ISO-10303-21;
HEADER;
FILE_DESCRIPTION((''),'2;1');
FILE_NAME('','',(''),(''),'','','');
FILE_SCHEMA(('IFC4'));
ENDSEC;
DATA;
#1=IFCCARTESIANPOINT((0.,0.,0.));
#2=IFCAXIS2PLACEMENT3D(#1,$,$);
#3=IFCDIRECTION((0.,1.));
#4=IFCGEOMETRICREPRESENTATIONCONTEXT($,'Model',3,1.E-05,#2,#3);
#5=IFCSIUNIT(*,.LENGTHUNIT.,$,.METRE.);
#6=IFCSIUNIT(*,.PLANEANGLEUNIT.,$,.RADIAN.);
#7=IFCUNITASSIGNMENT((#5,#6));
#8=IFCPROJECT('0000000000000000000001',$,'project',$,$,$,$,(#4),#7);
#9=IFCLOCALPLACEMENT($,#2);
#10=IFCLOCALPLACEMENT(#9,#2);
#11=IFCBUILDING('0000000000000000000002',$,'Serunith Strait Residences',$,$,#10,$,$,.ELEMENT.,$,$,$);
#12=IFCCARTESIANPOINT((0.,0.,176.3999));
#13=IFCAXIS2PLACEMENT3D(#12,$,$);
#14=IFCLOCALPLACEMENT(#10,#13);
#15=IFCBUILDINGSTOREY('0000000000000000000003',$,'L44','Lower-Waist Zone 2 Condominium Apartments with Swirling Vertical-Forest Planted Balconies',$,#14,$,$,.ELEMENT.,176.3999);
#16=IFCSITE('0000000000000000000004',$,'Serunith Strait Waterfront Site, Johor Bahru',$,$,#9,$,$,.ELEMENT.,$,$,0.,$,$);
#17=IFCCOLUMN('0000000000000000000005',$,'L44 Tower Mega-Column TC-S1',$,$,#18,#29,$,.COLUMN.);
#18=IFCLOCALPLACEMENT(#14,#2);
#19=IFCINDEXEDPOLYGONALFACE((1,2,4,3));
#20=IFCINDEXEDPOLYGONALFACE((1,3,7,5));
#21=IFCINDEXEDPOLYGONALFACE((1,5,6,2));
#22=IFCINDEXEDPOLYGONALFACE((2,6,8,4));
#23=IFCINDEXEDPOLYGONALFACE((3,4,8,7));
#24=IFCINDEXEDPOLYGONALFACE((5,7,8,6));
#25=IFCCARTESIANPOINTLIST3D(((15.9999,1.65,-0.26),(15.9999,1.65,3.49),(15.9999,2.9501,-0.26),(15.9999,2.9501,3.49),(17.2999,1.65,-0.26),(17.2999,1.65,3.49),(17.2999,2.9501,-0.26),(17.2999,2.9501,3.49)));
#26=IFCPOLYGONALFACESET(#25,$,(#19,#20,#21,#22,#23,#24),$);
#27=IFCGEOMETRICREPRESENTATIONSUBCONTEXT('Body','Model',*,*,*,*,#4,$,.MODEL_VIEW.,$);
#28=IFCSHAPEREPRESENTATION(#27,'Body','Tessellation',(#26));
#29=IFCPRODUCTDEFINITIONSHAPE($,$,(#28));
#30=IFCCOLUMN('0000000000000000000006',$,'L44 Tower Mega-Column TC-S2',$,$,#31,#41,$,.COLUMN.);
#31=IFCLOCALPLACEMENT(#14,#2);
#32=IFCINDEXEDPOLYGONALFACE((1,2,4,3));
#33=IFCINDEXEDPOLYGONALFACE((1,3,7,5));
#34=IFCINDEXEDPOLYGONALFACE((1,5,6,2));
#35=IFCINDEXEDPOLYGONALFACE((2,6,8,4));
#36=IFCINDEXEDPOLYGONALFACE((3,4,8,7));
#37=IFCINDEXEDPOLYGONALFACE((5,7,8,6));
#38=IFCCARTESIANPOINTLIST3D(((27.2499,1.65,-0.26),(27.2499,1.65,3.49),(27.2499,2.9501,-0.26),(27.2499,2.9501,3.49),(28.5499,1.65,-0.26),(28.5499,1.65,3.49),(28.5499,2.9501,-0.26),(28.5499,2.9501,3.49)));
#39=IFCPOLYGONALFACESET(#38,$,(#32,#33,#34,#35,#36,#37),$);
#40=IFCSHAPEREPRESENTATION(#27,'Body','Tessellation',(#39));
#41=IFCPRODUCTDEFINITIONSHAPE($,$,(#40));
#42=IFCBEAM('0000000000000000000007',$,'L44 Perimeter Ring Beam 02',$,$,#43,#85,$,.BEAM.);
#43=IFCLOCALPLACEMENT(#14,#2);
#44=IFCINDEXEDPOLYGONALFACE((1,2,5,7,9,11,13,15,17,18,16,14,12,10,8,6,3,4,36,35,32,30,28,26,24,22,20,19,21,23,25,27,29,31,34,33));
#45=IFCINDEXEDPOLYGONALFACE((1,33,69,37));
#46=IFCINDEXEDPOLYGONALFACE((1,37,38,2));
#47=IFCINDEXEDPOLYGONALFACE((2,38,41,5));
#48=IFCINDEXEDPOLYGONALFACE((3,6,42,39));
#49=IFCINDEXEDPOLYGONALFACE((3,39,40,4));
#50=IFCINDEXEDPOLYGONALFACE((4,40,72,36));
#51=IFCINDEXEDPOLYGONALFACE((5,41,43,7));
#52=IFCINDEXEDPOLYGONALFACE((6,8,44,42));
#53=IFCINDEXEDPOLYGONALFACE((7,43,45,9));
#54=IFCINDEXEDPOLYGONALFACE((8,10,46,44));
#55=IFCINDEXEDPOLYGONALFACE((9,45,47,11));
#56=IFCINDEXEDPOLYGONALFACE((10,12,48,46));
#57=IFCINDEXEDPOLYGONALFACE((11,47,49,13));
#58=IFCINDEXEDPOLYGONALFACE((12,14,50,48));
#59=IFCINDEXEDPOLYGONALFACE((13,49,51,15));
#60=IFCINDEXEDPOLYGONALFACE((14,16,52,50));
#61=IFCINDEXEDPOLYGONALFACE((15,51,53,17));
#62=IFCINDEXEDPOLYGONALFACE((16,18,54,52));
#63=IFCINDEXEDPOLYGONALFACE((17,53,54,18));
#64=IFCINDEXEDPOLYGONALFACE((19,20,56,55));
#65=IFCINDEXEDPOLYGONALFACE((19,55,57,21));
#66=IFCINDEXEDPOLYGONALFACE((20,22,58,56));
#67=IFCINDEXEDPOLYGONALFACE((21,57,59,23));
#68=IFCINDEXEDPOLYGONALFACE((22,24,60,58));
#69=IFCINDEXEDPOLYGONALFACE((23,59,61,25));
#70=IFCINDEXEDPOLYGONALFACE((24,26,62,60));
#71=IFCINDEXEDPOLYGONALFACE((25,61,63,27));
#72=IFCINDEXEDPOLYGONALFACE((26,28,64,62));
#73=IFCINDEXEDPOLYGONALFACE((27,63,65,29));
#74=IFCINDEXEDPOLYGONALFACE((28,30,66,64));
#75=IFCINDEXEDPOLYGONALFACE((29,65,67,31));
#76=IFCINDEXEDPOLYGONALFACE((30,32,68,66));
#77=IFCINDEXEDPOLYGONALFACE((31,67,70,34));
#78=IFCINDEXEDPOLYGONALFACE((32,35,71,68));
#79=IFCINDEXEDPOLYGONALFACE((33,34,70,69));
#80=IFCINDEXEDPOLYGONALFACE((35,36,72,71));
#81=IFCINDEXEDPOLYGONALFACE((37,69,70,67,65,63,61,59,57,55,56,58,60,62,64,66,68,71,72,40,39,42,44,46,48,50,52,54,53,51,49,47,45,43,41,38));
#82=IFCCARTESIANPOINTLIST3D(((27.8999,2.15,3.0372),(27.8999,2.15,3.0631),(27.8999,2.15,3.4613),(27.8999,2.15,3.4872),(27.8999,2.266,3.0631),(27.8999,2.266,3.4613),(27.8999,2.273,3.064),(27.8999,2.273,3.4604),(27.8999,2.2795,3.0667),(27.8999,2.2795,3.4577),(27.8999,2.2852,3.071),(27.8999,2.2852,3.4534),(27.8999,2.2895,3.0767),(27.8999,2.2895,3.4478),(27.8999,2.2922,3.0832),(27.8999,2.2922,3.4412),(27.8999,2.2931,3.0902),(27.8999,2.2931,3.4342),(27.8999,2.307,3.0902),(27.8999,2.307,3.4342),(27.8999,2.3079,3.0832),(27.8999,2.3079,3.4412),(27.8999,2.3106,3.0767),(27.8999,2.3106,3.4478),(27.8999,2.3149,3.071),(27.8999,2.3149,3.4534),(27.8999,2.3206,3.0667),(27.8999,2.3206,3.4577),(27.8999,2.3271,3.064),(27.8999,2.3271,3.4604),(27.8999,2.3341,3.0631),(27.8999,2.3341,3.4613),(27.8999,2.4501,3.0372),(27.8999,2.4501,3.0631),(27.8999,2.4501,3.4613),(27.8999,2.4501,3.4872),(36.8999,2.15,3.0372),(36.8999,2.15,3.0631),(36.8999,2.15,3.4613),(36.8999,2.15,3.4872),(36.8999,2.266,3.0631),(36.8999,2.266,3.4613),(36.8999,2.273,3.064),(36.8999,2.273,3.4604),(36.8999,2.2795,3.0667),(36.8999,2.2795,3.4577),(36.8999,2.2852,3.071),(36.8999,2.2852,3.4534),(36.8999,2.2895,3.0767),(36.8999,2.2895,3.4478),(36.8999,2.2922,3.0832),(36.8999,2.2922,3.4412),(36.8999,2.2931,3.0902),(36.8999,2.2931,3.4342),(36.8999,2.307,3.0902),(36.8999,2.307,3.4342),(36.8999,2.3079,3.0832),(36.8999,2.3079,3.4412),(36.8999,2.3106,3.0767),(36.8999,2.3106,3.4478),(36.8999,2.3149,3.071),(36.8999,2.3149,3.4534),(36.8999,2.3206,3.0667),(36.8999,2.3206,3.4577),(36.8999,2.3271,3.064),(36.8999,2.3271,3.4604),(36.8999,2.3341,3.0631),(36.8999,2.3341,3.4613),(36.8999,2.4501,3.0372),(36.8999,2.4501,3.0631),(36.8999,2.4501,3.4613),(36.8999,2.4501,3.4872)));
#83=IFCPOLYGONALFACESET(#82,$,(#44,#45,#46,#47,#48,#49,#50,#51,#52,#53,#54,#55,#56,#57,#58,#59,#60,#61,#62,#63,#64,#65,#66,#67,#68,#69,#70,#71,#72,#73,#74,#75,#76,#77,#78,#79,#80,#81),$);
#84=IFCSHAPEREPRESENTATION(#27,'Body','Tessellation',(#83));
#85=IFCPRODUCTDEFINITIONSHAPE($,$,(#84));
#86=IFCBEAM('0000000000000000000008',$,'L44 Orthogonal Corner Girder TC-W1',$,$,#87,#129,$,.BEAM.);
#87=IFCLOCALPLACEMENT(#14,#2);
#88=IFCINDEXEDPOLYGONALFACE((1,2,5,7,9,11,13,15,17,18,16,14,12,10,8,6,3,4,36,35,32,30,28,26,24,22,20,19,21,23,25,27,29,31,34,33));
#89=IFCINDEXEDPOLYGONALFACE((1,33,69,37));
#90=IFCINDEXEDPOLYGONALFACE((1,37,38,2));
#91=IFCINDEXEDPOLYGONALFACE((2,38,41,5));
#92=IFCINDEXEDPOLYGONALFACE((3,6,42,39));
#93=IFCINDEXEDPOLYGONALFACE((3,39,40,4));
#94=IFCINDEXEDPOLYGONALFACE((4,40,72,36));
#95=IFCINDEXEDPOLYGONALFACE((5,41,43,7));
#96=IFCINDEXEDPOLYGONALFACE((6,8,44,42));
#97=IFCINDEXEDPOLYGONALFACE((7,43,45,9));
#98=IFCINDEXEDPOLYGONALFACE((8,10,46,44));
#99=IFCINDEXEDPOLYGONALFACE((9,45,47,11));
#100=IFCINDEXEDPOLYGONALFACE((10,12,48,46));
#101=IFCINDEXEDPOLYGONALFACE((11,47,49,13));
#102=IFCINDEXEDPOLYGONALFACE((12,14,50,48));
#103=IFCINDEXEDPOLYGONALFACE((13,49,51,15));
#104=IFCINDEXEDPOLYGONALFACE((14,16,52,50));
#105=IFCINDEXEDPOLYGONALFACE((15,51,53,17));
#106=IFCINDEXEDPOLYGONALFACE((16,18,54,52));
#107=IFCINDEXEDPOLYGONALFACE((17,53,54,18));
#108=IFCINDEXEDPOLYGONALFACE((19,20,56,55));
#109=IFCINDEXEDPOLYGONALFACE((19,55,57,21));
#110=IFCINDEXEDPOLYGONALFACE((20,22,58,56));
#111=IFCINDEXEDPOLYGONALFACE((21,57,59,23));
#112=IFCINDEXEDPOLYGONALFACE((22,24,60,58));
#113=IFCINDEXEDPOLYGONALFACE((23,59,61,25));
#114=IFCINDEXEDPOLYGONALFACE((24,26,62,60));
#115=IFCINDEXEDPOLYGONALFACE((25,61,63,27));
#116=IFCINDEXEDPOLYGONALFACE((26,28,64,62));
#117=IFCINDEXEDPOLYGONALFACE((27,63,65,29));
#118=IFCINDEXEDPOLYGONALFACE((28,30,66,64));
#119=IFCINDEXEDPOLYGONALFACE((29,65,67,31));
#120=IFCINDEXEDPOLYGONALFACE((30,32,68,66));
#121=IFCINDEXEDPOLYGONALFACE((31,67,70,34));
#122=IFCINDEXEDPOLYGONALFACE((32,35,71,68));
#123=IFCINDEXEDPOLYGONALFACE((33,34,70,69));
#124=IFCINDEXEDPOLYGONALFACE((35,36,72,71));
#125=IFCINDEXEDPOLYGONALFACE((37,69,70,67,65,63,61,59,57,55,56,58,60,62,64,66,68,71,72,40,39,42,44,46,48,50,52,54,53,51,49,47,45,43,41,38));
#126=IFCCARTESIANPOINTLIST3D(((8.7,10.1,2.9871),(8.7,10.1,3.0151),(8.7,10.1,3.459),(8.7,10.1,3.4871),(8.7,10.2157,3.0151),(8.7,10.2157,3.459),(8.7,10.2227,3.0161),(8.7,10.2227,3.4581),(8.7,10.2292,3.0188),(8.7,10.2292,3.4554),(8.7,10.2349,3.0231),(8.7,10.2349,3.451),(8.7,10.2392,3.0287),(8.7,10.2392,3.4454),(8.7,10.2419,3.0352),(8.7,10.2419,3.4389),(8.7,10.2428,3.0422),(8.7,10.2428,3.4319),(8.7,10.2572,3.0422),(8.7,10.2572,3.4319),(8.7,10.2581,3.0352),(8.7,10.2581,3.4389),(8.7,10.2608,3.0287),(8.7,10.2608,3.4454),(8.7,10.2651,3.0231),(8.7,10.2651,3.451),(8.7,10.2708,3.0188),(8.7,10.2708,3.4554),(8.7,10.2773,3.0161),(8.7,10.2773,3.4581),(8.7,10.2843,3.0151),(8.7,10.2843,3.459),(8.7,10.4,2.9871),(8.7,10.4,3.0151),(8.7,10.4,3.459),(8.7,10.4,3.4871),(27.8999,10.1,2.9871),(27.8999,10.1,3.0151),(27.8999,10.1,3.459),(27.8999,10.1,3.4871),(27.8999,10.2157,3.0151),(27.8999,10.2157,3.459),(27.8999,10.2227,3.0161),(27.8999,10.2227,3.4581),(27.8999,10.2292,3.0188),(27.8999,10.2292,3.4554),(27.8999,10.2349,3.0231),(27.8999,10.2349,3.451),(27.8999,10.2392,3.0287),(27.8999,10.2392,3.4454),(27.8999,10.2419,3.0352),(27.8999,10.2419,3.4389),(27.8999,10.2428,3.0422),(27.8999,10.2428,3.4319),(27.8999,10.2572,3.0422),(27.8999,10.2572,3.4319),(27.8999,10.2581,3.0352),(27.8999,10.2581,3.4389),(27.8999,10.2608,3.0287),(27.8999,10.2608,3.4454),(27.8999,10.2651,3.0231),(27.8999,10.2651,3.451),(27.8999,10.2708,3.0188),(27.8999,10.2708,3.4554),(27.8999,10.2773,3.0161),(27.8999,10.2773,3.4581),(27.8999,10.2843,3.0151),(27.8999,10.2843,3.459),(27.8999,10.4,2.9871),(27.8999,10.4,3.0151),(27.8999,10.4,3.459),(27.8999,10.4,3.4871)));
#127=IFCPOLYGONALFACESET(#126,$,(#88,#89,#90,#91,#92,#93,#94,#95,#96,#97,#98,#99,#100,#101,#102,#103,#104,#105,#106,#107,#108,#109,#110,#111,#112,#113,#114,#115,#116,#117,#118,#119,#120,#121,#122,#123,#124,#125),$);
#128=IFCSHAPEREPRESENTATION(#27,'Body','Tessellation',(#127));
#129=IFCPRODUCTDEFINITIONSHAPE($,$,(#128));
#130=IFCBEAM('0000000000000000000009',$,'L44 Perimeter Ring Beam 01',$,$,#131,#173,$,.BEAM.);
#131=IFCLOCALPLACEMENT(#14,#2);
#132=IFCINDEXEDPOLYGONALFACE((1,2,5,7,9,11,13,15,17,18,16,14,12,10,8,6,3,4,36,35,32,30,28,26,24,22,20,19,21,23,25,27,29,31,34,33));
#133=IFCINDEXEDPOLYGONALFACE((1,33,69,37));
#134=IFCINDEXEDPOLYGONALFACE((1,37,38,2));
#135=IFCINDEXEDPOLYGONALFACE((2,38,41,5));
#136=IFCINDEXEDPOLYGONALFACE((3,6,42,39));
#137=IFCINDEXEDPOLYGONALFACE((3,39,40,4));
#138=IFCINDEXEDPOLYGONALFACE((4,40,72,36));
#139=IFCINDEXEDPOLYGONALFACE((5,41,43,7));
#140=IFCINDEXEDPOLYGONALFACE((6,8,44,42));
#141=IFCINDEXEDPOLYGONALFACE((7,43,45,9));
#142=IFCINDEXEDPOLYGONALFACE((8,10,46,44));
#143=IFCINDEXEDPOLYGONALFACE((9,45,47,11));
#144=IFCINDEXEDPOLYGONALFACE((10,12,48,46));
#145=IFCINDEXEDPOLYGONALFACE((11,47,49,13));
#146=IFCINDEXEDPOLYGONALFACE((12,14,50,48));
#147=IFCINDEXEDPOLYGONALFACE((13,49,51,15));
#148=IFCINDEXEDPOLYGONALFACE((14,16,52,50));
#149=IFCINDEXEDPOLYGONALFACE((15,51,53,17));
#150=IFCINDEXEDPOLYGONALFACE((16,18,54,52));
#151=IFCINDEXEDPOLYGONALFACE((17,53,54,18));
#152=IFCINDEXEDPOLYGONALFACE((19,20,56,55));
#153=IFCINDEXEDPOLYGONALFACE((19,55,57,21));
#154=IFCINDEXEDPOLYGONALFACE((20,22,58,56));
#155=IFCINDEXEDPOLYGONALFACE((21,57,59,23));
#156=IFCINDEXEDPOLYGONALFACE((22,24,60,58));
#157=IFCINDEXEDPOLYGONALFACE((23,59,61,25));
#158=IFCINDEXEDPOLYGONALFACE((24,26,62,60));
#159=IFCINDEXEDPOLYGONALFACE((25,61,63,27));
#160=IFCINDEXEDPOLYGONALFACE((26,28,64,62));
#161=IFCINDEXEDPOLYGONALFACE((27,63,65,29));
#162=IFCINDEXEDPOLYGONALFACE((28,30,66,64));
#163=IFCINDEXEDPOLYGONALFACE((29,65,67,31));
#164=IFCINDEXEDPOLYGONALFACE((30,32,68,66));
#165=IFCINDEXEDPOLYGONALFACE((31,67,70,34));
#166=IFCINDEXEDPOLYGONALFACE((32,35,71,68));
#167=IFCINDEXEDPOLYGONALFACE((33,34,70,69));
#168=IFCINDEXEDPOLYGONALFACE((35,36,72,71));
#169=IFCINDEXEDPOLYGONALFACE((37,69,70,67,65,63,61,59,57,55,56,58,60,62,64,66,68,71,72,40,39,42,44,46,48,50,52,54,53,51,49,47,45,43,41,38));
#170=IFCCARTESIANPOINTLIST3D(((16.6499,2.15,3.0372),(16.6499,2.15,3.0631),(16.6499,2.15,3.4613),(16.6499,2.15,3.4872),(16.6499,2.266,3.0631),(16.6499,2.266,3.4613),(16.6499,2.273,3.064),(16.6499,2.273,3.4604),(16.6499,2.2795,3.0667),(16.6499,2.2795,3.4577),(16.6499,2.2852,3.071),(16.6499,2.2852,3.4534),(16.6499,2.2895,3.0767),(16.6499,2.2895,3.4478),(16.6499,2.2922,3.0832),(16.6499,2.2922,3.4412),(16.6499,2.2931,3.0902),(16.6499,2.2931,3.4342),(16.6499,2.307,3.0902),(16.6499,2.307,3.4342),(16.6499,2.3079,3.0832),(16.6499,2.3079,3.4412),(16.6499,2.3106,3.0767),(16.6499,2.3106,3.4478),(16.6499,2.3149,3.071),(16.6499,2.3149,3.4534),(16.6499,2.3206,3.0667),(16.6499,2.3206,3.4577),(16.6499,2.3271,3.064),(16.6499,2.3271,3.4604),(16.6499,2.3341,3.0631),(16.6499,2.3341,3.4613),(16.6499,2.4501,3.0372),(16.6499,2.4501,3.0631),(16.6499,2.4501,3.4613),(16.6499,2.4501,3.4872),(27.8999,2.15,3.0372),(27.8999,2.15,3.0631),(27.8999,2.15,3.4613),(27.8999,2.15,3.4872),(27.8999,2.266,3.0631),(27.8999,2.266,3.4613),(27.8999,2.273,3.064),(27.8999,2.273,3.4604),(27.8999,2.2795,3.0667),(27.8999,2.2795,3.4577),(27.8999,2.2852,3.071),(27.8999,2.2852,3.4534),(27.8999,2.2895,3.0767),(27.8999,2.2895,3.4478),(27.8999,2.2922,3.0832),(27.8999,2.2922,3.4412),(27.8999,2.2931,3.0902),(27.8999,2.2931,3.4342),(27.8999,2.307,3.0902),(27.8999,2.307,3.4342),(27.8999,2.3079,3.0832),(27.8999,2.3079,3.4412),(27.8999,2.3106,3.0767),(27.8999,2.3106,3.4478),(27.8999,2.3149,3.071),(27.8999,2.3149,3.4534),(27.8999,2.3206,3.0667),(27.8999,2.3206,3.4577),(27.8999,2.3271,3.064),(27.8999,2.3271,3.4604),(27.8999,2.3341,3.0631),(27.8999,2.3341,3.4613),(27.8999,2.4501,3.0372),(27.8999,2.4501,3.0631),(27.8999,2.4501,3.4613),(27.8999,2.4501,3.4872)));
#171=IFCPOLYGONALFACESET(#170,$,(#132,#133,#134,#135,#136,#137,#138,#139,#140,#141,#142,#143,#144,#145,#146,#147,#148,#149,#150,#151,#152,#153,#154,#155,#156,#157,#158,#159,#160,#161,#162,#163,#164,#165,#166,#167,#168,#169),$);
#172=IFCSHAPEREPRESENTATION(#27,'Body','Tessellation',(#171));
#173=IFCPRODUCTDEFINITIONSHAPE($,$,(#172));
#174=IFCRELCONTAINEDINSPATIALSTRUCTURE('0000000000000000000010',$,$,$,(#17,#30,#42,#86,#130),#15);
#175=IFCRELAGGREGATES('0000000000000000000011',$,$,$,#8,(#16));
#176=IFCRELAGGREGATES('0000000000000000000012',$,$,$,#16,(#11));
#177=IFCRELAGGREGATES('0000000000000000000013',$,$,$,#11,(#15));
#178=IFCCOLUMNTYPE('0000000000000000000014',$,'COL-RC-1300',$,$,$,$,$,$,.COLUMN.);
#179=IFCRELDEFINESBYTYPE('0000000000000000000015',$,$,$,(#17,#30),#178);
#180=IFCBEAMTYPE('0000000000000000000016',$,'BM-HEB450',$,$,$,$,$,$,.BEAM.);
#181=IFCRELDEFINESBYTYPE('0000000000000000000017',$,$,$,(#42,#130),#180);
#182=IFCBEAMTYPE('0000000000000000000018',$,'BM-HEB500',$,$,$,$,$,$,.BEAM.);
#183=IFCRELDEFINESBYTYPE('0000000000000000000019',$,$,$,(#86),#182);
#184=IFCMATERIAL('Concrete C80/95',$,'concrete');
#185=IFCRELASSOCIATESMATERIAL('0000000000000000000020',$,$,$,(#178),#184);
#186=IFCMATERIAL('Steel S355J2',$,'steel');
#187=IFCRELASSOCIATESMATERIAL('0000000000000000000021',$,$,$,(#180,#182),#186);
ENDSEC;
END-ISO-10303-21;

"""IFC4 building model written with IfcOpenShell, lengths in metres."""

from ifc_helpers import new_model, si_unit, direction, frame, origin, origin_2d, place, context, subcontext, project, spatial, rectangle, i_section, extrude, source, transform, mapped, material, material_profile, profile_set, type_object, element, save


model = new_model("IFC4")

# Units and contexts
model_context = context("Model", 3, precision=1e-05, world=origin(), true_north=direction((0.0, 1.0)))
body_context = subcontext(model_context, "Body", "Model", "MODEL_VIEW")
ifc_project = project(units=[si_unit("LENGTHUNIT", "METRE"), si_unit("PLANEANGLEUNIT", "RADIAN")], contexts=[model_context])

# Site, building, storey
site_placement = place(None, origin())
site = spatial("IfcSite", under=ifc_project, at=site_placement, Name="Serunith Strait Waterfront Site, Johor Bahru", CompositionType="ELEMENT", RefElevation=0.0)
building_placement = place(site_placement, origin())
building = spatial("IfcBuilding", under=site, at=building_placement, Name="Serunith Strait Residences", CompositionType="ELEMENT")
storey_placement = place(building_placement, frame((0.0, 0.0, 176.3999)))
storey = spatial("IfcBuildingStorey", under=building, at=storey_placement, Name="L44", Description="Lower-Waist Zone 2 Condominium Apartments with Swirling Vertical-Forest Planted Balconies", CompositionType="ELEMENT", Elevation=176.3999)

# Columns
ifc_material_1 = material(Name="Concrete C80/95", Category="concrete")
ifc_material_profile_1 = material_profile(ifc_material_1, rectangle(XDim=1.3, YDim=1.3, at=origin_2d()), Name="RC 1300x1300")
ifc_profile_set_1 = profile_set([ifc_material_profile_1], Name="Concrete C80/95")
column_type = type_object("IfcColumnType", Name="COL-RC-1300", PredefinedType="COLUMN", material=ifc_profile_set_1)
shared_shape_1 = source(origin(), body_context, "Body", "SweptSolid", [
    extrude(rectangle(XDim=1.3, YDim=1.3, at=origin_2d()), origin(), (0.0, 0.0, 1.0), 3.75),
])
for number, where, z_axis, x_axis, name in (
    (1, (16.6499, 2.3, -0.26), (0.0, 0.0, 1.0), (1.0, 0.0, 0.0), "L44 Tower Mega-Column TC-S1"),
    (2, (27.8999, 2.3, -0.26), (0.0, 0.0, 1.0), (1.0, 0.0, 0.0), "L44 Tower Mega-Column TC-S2"),
):
    element("IfcColumn", number, at=place(storey_placement, frame(where, z_axis=z_axis, x_axis=x_axis)), inside=storey, type_object=column_type, Name=name, PredefinedType="COLUMN", context=body_context, shape_type="MappedRepresentation", body=[
        mapped(shared_shape_1, transform((0.0, 0.0, 0.0), scale=1.0)),
    ])

# Beams
ifc_material_2 = material(Name="Steel S355J2", Category="steel")
ifc_material_profile_2 = material_profile(ifc_material_2, i_section(OverallWidth=0.3, OverallDepth=0.45, WebThickness=0.0139, FlangeThickness=0.0259, FilletRadius=0.0271, at=origin_2d()), Name="HEB 450")
ifc_profile_set_2 = profile_set([ifc_material_profile_2], Name="Steel S355J2")
beam_type_1 = type_object("IfcBeamType", Name="BM-HEB450", PredefinedType="BEAM", material=ifc_profile_set_2)
shared_shape_2 = source(origin(), body_context, "Body", "SweptSolid", [
    extrude(i_section(OverallWidth=0.3, OverallDepth=0.45, WebThickness=0.0139, FlangeThickness=0.0259, FilletRadius=0.0271, at=origin_2d()), origin(), (0.0, 0.0, 1.0), 9.0),
])
beam_1_placement = place(storey_placement, frame((27.8999, 2.3, 3.2622), z_axis=(1.0, 0.0, 0.0), x_axis=(0.0, 1.0, 0.0)))
element("IfcBeam", 3, at=beam_1_placement, inside=storey, type_object=beam_type_1, Name="L44 Perimeter Ring Beam 02", PredefinedType="BEAM", context=body_context, shape_type="MappedRepresentation", body=[
    mapped(shared_shape_2, transform((0.0, 0.0, 0.0), scale=1.0)),
])
ifc_material_profile_3 = material_profile(ifc_material_2, i_section(OverallWidth=0.3, OverallDepth=0.5, WebThickness=0.0144, FlangeThickness=0.0281, FilletRadius=0.0271, at=origin_2d()), Name="HEB 500")
ifc_profile_set_3 = profile_set([ifc_material_profile_3], Name="Steel S355J2")
beam_type_2 = type_object("IfcBeamType", Name="BM-HEB500", PredefinedType="BEAM", material=ifc_profile_set_3)
shared_shape_3 = source(origin(), body_context, "Body", "SweptSolid", [
    extrude(i_section(OverallWidth=0.3, OverallDepth=0.5, WebThickness=0.0144, FlangeThickness=0.0281, FilletRadius=0.0271, at=origin_2d()), origin(), (0.0, 0.0, 1.0), 19.2),
])
beam_2_placement = place(storey_placement, frame((27.8999, 10.25, 3.2371), z_axis=(-1.0, 0.0, 0.0), x_axis=(0.0, -1.0, 0.0)))
element("IfcBeam", 4, at=beam_2_placement, inside=storey, type_object=beam_type_2, Name="L44 Orthogonal Corner Girder TC-W1", PredefinedType="BEAM", context=body_context, shape_type="MappedRepresentation", body=[
    mapped(shared_shape_3, transform((0.0, 0.0, 0.0), scale=1.0)),
])
shared_shape_4 = source(origin(), body_context, "Body", "SweptSolid", [
    extrude(i_section(OverallWidth=0.3, OverallDepth=0.45, WebThickness=0.0139, FlangeThickness=0.0259, FilletRadius=0.0271, at=origin_2d()), origin(), (0.0, 0.0, 1.0), 11.25),
])
beam_3_placement = place(storey_placement, frame((16.6499, 2.3, 3.2622), z_axis=(1.0, 0.0, 0.0), x_axis=(0.0, 1.0, 0.0)))
element("IfcBeam", 5, at=beam_3_placement, inside=storey, type_object=beam_type_1, Name="L44 Perimeter Ring Beam 01", PredefinedType="BEAM", context=body_context, shape_type="MappedRepresentation", body=[
    mapped(shared_shape_4, transform((0.0, 0.0, 0.0), scale=1.0)),
])

save(model, "model.ifc")
